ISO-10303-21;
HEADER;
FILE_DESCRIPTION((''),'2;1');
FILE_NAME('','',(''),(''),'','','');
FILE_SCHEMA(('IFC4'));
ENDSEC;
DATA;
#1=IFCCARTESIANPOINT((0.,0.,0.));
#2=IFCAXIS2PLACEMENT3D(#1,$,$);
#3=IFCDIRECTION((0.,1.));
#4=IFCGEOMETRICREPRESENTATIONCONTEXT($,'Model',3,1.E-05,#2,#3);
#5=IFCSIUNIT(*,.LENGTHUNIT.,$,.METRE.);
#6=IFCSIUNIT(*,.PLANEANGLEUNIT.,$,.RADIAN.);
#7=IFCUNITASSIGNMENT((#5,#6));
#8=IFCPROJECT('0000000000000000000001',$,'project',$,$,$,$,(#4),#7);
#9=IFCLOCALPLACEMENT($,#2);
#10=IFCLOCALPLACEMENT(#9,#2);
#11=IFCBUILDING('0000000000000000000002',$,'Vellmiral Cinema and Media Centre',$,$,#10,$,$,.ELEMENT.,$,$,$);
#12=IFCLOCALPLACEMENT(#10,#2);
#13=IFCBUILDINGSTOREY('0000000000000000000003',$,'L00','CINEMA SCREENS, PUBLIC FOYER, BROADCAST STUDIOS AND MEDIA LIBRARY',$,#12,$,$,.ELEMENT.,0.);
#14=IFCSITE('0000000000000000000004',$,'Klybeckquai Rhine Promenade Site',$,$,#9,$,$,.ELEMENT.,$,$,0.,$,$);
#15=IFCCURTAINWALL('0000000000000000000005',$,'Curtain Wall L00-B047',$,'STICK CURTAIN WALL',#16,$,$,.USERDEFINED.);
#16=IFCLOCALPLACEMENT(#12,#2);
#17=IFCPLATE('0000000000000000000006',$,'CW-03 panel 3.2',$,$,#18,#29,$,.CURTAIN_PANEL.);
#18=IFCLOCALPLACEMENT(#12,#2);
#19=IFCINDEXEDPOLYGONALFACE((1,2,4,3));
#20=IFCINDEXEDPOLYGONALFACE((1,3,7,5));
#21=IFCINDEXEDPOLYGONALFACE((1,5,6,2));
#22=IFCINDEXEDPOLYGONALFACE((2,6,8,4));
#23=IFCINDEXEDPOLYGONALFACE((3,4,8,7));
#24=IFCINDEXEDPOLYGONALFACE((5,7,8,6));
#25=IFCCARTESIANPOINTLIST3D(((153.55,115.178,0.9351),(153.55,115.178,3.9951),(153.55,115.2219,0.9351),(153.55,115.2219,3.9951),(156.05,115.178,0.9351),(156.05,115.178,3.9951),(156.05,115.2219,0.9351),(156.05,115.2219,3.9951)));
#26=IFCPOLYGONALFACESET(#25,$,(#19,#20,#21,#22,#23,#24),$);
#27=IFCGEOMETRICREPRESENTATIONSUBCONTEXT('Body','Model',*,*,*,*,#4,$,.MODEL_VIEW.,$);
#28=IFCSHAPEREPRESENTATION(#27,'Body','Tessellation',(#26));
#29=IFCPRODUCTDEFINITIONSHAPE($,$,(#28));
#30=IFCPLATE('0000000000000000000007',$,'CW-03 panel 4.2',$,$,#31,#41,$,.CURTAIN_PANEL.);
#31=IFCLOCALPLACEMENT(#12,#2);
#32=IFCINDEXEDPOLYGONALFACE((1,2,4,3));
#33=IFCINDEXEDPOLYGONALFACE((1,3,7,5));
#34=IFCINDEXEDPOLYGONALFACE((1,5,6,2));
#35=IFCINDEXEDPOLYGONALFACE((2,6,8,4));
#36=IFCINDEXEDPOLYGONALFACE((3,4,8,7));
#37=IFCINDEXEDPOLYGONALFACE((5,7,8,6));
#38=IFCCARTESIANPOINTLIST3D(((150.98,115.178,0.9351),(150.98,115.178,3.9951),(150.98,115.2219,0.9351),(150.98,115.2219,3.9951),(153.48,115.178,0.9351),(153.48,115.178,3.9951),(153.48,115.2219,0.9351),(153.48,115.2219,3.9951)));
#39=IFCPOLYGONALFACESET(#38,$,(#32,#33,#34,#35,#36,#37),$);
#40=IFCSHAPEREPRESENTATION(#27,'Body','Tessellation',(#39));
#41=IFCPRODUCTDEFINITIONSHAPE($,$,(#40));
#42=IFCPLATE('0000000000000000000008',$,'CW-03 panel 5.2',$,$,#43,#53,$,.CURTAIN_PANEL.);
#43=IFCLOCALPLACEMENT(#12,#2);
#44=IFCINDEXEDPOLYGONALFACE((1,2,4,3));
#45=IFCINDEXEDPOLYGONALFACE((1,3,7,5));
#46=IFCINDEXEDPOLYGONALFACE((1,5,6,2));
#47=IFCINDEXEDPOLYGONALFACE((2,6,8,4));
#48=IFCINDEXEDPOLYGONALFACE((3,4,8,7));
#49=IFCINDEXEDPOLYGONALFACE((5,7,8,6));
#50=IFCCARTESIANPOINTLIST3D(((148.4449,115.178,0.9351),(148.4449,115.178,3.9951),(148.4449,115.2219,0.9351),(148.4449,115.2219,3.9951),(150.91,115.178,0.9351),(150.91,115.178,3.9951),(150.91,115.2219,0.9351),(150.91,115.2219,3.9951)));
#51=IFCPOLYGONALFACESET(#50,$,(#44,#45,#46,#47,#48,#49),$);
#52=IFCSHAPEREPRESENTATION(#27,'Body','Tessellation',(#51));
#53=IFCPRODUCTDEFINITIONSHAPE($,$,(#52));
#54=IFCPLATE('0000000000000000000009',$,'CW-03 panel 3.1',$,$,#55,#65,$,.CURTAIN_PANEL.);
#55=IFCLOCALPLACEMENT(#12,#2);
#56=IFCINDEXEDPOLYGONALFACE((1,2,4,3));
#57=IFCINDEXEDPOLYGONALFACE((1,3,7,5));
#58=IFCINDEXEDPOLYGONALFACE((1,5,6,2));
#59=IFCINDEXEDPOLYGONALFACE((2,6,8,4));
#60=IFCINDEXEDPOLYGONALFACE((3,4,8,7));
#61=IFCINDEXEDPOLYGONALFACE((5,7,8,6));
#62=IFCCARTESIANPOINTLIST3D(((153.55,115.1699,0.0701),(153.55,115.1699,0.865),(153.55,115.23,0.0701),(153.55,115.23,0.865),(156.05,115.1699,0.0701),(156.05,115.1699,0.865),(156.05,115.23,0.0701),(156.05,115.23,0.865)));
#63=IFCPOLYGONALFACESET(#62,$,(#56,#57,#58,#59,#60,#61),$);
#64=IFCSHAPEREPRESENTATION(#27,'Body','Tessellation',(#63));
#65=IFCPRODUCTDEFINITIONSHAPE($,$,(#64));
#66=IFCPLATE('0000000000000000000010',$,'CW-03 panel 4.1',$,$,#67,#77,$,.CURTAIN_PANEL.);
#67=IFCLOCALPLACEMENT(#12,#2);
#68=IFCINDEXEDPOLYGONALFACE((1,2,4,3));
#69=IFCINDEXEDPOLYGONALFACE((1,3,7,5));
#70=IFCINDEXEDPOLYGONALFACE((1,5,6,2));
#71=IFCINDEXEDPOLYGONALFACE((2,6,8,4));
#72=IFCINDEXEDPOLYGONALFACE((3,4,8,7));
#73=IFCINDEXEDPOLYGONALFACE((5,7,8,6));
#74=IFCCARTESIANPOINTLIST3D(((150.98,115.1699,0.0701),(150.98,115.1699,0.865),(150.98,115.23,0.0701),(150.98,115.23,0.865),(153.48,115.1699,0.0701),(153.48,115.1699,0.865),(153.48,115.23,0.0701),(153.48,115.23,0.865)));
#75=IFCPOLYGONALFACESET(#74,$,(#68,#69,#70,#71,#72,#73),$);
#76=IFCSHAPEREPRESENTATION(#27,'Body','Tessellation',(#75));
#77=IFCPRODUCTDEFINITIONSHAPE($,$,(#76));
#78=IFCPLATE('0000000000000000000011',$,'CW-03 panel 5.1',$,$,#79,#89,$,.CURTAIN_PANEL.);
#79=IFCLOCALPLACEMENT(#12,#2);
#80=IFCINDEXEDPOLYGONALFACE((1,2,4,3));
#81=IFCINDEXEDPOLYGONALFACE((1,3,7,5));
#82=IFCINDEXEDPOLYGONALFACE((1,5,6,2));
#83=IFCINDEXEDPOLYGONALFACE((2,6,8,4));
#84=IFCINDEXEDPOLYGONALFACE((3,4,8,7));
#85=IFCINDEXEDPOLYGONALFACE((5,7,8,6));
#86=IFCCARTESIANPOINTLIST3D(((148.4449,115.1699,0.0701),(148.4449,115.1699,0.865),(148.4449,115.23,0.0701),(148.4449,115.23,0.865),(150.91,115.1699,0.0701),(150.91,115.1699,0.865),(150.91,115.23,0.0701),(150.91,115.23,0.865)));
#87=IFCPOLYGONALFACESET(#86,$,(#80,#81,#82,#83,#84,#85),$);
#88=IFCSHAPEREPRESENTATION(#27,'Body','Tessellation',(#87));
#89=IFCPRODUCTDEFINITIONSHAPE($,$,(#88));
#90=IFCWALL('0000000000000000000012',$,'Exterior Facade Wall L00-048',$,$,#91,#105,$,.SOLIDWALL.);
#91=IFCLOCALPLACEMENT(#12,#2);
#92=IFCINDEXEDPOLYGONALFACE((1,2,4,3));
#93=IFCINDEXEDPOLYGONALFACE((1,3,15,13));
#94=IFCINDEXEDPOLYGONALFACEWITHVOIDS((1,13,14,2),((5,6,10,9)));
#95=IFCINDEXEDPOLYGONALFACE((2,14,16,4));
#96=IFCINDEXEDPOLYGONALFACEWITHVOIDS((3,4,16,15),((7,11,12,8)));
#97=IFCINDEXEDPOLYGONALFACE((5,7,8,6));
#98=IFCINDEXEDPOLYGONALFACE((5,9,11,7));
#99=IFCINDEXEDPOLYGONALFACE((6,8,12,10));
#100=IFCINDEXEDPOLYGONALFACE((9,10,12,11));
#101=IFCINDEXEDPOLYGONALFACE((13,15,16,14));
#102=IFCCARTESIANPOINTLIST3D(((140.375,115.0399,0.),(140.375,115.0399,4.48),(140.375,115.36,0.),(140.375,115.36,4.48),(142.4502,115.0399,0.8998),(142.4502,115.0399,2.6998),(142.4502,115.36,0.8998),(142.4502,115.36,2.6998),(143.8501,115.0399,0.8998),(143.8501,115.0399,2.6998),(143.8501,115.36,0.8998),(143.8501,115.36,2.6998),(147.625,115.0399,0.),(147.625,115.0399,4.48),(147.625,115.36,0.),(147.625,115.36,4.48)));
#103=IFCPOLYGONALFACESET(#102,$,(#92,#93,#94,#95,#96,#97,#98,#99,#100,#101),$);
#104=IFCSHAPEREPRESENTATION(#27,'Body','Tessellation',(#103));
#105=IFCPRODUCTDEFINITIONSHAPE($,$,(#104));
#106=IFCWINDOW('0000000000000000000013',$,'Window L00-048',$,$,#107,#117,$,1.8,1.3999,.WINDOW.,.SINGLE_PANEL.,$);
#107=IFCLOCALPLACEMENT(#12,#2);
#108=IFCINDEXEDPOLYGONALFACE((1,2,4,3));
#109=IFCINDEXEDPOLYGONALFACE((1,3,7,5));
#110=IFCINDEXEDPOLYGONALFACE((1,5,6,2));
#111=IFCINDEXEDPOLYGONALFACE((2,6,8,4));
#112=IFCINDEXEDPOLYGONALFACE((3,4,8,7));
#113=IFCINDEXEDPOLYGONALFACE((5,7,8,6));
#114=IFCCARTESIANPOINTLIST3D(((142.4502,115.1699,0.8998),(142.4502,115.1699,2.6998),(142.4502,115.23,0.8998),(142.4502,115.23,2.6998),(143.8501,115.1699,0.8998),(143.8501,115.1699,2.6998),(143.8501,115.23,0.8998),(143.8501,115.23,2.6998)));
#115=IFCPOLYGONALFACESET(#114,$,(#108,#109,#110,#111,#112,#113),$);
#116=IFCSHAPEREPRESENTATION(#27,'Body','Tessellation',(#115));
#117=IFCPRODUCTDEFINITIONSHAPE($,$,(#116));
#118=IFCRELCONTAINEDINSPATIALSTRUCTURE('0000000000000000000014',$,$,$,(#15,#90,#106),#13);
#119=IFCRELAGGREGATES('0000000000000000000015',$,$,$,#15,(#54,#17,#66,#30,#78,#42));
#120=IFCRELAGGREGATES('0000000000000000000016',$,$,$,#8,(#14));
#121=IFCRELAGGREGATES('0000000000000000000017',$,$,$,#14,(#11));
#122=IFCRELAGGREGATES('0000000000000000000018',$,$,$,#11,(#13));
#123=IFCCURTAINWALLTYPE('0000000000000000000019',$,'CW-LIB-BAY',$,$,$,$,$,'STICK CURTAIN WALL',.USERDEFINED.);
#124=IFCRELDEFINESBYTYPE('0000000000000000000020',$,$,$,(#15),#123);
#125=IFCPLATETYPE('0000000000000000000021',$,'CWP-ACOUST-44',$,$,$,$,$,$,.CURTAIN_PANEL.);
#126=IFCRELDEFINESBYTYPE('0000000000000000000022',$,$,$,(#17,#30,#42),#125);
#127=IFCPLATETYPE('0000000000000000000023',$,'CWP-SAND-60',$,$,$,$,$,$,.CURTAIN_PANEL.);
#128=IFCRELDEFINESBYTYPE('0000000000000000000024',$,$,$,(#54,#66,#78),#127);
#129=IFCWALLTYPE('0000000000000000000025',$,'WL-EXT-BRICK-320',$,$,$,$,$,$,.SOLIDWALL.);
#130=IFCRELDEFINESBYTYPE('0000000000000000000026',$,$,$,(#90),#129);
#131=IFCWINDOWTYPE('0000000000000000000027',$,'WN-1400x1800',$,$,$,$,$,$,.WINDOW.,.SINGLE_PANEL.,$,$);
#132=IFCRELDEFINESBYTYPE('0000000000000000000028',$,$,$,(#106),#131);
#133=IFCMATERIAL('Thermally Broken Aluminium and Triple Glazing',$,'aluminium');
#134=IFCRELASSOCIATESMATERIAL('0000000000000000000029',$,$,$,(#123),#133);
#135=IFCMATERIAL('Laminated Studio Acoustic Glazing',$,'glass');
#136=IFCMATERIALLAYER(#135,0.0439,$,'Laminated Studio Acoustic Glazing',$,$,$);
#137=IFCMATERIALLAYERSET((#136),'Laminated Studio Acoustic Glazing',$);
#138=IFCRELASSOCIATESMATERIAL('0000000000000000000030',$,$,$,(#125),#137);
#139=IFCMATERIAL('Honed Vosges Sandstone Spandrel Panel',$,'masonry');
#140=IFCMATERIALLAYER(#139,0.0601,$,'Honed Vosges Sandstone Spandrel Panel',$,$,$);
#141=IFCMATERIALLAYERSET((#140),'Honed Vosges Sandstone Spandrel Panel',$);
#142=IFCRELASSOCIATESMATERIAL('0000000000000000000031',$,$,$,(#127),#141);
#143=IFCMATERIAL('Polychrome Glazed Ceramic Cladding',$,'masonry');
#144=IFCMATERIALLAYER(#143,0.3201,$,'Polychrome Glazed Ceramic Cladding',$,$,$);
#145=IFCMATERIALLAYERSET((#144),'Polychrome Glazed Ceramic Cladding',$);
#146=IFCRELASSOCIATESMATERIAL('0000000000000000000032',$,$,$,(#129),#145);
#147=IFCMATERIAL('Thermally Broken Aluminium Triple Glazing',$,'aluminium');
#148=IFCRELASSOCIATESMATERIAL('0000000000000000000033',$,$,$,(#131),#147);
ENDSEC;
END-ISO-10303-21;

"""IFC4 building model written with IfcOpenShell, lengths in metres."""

from ifc_helpers import new_model, si_unit, direction, frame, frame_2d, origin, origin_2d, place, context, subcontext, project, spatial, rectangle, extrude, material, layer, layer_set, type_object, element, fill, aggregate, save


model = new_model("IFC4")

# Units and contexts
model_context = context("Model", 3, precision=1e-05, world=origin(), true_north=direction((0.0, 1.0)))
body_context = subcontext(model_context, "Body", "Model", "MODEL_VIEW")
ifc_project = project(units=[si_unit("LENGTHUNIT", "METRE"), si_unit("PLANEANGLEUNIT", "RADIAN")], contexts=[model_context])

# Site, building, storey
site_placement = place(None, origin())
site = spatial("IfcSite", under=ifc_project, at=site_placement, Name="Klybeckquai Rhine Promenade Site", CompositionType="ELEMENT", RefElevation=0.0)
building_placement = place(site_placement, origin())
building = spatial("IfcBuilding", under=site, at=building_placement, Name="Vellmiral Cinema and Media Centre", CompositionType="ELEMENT")
storey_placement = place(building_placement, origin())
storey = spatial("IfcBuildingStorey", under=building, at=storey_placement, Name="L00", Description="CINEMA SCREENS, PUBLIC FOYER, BROADCAST STUDIOS AND MEDIA LIBRARY", CompositionType="ELEMENT", Elevation=0.0)

# Curtain wall
ifc_material_1 = material(Name="Thermally Broken Aluminium and Triple Glazing", Category="aluminium")
curtain_wall_type = type_object("IfcCurtainWallType", Name="CW-LIB-BAY", ElementType="STICK CURTAIN WALL", PredefinedType="USERDEFINED", material=ifc_material_1)
curtain_wall_placement = place(storey_placement, origin())
curtain_wall = element("IfcCurtainWall", 1, at=curtain_wall_placement, inside=storey, type_object=curtain_wall_type, Name="Curtain Wall L00-B047", ObjectType="STICK CURTAIN WALL", PredefinedType="USERDEFINED")

# Plates
ifc_material_2 = material(Name="Laminated Studio Acoustic Glazing", Category="glass")
ifc_layer_1 = layer(ifc_material_2, 0.0439, Name="Laminated Studio Acoustic Glazing")
ifc_layer_set_1 = layer_set([ifc_layer_1], Name="Laminated Studio Acoustic Glazing")
plate_type_1 = type_object("IfcPlateType", Name="CWP-ACOUST-44", PredefinedType="CURTAIN_PANEL", material=ifc_layer_set_1)
plate_1_placement = place(storey_placement, frame((154.8, 115.2, 0.9351), z_axis=(0.0, 0.0, 1.0), x_axis=(-1.0, 0.0, 0.0)))
plate_1 = element("IfcPlate", 2, at=plate_1_placement, type_object=plate_type_1, Name="CW-03 panel 3.2", PredefinedType="CURTAIN_PANEL", context=body_context, shape_type="SweptSolid", body=[
    extrude(rectangle(XDim=2.5, YDim=0.0439, at=origin_2d()), origin(), (0.0, 0.0, 1.0), 3.0601),
])
plate_2_placement = place(storey_placement, frame((152.23, 115.2, 0.9351), z_axis=(0.0, 0.0, 1.0), x_axis=(-1.0, 0.0, 0.0)))
plate_2 = element("IfcPlate", 3, at=plate_2_placement, type_object=plate_type_1, Name="CW-03 panel 4.2", PredefinedType="CURTAIN_PANEL", context=body_context, shape_type="SweptSolid", body=[
    extrude(rectangle(XDim=2.5, YDim=0.0439, at=origin_2d()), origin(), (0.0, 0.0, 1.0), 3.0601),
])
plate_3_placement = place(storey_placement, frame((149.6775, 115.2, 0.9351), z_axis=(0.0, 0.0, 1.0), x_axis=(-1.0, 0.0, 0.0)))
plate_3 = element("IfcPlate", 4, at=plate_3_placement, type_object=plate_type_1, Name="CW-03 panel 5.2", PredefinedType="CURTAIN_PANEL", context=body_context, shape_type="SweptSolid", body=[
    extrude(rectangle(XDim=2.4651, YDim=0.0439, at=origin_2d()), origin(), (0.0, 0.0, 1.0), 3.0601),
])
ifc_material_3 = material(Name="Honed Vosges Sandstone Spandrel Panel", Category="masonry")
ifc_layer_2 = layer(ifc_material_3, 0.0601, Name="Honed Vosges Sandstone Spandrel Panel")
ifc_layer_set_2 = layer_set([ifc_layer_2], Name="Honed Vosges Sandstone Spandrel Panel")
plate_type_2 = type_object("IfcPlateType", Name="CWP-SAND-60", PredefinedType="CURTAIN_PANEL", material=ifc_layer_set_2)
plate_4_placement = place(storey_placement, frame((154.8, 115.2, 0.0701), z_axis=(0.0, 0.0, 1.0), x_axis=(-1.0, 0.0, 0.0)))
plate_4 = element("IfcPlate", 5, at=plate_4_placement, type_object=plate_type_2, Name="CW-03 panel 3.1", PredefinedType="CURTAIN_PANEL", context=body_context, shape_type="SweptSolid", body=[
    extrude(rectangle(XDim=2.5, YDim=0.0601, at=origin_2d()), origin(), (0.0, 0.0, 1.0), 0.7949),
])
plate_5_placement = place(storey_placement, frame((152.23, 115.2, 0.0701), z_axis=(0.0, 0.0, 1.0), x_axis=(-1.0, 0.0, 0.0)))
plate_5 = element("IfcPlate", 6, at=plate_5_placement, type_object=plate_type_2, Name="CW-03 panel 4.1", PredefinedType="CURTAIN_PANEL", context=body_context, shape_type="SweptSolid", body=[
    extrude(rectangle(XDim=2.5, YDim=0.0601, at=origin_2d()), origin(), (0.0, 0.0, 1.0), 0.7949),
])
plate_6_placement = place(storey_placement, frame((149.6775, 115.2, 0.0701), z_axis=(0.0, 0.0, 1.0), x_axis=(-1.0, 0.0, 0.0)))
plate_6 = element("IfcPlate", 7, at=plate_6_placement, type_object=plate_type_2, Name="CW-03 panel 5.1", PredefinedType="CURTAIN_PANEL", context=body_context, shape_type="SweptSolid", body=[
    extrude(rectangle(XDim=2.4651, YDim=0.0601, at=origin_2d()), origin(), (0.0, 0.0, 1.0), 0.7949),
])
aggregate(curtain_wall, [plate_4, plate_1, plate_5, plate_2, plate_6, plate_3])

# Wall, opening, window
ifc_material_4 = material(Name="Polychrome Glazed Ceramic Cladding", Category="masonry")
ifc_layer_3 = layer(ifc_material_4, 0.3201, Name="Polychrome Glazed Ceramic Cladding")
ifc_layer_set_3 = layer_set([ifc_layer_3], Name="Polychrome Glazed Ceramic Cladding")
wall_type = type_object("IfcWallType", Name="WL-EXT-BRICK-320", PredefinedType="SOLIDWALL", material=ifc_layer_set_3)
wall_placement = place(storey_placement, frame((147.625, 115.2, 0.0), z_axis=(0.0, 0.0, 1.0), x_axis=(-1.0, 0.0, 0.0)))
wall = element("IfcWall", 8, at=wall_placement, inside=storey, type_object=wall_type, Name="Exterior Facade Wall L00-048", PredefinedType="SOLIDWALL", context=body_context, shape_type="SweptSolid", body=[
    extrude(rectangle(XDim=7.25, YDim=0.3201, at=frame_2d((3.625, 0.0))), origin(), (0.0, 0.0, 1.0), 4.48),
])
opening_placement = place(wall_placement, frame((3.7749, 0.0, 0.8999)))
opening = element("IfcOpeningElement", 9, at=opening_placement, cuts=wall, PredefinedType="OPENING", context=body_context, shape_type="SweptSolid", body=[
    extrude(rectangle(XDim=1.3999, YDim=1.8, at=frame_2d((0.7, 0.8999))), frame((0.0, 0.1719, 0.0), z_axis=(0.0, -1.0, 0.0), x_axis=(1.0, 0.0, 0.0)), (0.0, 0.0, 1.0), 0.344),
])
ifc_material_5 = material(Name="Thermally Broken Aluminium Triple Glazing", Category="aluminium")
window_type = type_object("IfcWindowType", Name="WN-1400x1800", PartitioningType="SINGLE_PANEL", PredefinedType="WINDOW", material=ifc_material_5)
window_placement = place(opening_placement, origin())
window = element("IfcWindow", 10, at=window_placement, inside=storey, type_object=window_type, Name="Window L00-048", OverallHeight=1.8, OverallWidth=1.3999, PartitioningType="SINGLE_PANEL", PredefinedType="WINDOW", context=body_context, shape_type="SweptSolid", body=[
    extrude(rectangle(XDim=1.3999, YDim=1.8, at=frame_2d((0.7, 0.8999))), frame((0.0, 0.03, 0.0), z_axis=(0.0, -1.0, 0.0), x_axis=(1.0, 0.0, 0.0)), (0.0, 0.0, 1.0), 0.0601),
])
fill(opening, window)

save(model, "model.ifc")
